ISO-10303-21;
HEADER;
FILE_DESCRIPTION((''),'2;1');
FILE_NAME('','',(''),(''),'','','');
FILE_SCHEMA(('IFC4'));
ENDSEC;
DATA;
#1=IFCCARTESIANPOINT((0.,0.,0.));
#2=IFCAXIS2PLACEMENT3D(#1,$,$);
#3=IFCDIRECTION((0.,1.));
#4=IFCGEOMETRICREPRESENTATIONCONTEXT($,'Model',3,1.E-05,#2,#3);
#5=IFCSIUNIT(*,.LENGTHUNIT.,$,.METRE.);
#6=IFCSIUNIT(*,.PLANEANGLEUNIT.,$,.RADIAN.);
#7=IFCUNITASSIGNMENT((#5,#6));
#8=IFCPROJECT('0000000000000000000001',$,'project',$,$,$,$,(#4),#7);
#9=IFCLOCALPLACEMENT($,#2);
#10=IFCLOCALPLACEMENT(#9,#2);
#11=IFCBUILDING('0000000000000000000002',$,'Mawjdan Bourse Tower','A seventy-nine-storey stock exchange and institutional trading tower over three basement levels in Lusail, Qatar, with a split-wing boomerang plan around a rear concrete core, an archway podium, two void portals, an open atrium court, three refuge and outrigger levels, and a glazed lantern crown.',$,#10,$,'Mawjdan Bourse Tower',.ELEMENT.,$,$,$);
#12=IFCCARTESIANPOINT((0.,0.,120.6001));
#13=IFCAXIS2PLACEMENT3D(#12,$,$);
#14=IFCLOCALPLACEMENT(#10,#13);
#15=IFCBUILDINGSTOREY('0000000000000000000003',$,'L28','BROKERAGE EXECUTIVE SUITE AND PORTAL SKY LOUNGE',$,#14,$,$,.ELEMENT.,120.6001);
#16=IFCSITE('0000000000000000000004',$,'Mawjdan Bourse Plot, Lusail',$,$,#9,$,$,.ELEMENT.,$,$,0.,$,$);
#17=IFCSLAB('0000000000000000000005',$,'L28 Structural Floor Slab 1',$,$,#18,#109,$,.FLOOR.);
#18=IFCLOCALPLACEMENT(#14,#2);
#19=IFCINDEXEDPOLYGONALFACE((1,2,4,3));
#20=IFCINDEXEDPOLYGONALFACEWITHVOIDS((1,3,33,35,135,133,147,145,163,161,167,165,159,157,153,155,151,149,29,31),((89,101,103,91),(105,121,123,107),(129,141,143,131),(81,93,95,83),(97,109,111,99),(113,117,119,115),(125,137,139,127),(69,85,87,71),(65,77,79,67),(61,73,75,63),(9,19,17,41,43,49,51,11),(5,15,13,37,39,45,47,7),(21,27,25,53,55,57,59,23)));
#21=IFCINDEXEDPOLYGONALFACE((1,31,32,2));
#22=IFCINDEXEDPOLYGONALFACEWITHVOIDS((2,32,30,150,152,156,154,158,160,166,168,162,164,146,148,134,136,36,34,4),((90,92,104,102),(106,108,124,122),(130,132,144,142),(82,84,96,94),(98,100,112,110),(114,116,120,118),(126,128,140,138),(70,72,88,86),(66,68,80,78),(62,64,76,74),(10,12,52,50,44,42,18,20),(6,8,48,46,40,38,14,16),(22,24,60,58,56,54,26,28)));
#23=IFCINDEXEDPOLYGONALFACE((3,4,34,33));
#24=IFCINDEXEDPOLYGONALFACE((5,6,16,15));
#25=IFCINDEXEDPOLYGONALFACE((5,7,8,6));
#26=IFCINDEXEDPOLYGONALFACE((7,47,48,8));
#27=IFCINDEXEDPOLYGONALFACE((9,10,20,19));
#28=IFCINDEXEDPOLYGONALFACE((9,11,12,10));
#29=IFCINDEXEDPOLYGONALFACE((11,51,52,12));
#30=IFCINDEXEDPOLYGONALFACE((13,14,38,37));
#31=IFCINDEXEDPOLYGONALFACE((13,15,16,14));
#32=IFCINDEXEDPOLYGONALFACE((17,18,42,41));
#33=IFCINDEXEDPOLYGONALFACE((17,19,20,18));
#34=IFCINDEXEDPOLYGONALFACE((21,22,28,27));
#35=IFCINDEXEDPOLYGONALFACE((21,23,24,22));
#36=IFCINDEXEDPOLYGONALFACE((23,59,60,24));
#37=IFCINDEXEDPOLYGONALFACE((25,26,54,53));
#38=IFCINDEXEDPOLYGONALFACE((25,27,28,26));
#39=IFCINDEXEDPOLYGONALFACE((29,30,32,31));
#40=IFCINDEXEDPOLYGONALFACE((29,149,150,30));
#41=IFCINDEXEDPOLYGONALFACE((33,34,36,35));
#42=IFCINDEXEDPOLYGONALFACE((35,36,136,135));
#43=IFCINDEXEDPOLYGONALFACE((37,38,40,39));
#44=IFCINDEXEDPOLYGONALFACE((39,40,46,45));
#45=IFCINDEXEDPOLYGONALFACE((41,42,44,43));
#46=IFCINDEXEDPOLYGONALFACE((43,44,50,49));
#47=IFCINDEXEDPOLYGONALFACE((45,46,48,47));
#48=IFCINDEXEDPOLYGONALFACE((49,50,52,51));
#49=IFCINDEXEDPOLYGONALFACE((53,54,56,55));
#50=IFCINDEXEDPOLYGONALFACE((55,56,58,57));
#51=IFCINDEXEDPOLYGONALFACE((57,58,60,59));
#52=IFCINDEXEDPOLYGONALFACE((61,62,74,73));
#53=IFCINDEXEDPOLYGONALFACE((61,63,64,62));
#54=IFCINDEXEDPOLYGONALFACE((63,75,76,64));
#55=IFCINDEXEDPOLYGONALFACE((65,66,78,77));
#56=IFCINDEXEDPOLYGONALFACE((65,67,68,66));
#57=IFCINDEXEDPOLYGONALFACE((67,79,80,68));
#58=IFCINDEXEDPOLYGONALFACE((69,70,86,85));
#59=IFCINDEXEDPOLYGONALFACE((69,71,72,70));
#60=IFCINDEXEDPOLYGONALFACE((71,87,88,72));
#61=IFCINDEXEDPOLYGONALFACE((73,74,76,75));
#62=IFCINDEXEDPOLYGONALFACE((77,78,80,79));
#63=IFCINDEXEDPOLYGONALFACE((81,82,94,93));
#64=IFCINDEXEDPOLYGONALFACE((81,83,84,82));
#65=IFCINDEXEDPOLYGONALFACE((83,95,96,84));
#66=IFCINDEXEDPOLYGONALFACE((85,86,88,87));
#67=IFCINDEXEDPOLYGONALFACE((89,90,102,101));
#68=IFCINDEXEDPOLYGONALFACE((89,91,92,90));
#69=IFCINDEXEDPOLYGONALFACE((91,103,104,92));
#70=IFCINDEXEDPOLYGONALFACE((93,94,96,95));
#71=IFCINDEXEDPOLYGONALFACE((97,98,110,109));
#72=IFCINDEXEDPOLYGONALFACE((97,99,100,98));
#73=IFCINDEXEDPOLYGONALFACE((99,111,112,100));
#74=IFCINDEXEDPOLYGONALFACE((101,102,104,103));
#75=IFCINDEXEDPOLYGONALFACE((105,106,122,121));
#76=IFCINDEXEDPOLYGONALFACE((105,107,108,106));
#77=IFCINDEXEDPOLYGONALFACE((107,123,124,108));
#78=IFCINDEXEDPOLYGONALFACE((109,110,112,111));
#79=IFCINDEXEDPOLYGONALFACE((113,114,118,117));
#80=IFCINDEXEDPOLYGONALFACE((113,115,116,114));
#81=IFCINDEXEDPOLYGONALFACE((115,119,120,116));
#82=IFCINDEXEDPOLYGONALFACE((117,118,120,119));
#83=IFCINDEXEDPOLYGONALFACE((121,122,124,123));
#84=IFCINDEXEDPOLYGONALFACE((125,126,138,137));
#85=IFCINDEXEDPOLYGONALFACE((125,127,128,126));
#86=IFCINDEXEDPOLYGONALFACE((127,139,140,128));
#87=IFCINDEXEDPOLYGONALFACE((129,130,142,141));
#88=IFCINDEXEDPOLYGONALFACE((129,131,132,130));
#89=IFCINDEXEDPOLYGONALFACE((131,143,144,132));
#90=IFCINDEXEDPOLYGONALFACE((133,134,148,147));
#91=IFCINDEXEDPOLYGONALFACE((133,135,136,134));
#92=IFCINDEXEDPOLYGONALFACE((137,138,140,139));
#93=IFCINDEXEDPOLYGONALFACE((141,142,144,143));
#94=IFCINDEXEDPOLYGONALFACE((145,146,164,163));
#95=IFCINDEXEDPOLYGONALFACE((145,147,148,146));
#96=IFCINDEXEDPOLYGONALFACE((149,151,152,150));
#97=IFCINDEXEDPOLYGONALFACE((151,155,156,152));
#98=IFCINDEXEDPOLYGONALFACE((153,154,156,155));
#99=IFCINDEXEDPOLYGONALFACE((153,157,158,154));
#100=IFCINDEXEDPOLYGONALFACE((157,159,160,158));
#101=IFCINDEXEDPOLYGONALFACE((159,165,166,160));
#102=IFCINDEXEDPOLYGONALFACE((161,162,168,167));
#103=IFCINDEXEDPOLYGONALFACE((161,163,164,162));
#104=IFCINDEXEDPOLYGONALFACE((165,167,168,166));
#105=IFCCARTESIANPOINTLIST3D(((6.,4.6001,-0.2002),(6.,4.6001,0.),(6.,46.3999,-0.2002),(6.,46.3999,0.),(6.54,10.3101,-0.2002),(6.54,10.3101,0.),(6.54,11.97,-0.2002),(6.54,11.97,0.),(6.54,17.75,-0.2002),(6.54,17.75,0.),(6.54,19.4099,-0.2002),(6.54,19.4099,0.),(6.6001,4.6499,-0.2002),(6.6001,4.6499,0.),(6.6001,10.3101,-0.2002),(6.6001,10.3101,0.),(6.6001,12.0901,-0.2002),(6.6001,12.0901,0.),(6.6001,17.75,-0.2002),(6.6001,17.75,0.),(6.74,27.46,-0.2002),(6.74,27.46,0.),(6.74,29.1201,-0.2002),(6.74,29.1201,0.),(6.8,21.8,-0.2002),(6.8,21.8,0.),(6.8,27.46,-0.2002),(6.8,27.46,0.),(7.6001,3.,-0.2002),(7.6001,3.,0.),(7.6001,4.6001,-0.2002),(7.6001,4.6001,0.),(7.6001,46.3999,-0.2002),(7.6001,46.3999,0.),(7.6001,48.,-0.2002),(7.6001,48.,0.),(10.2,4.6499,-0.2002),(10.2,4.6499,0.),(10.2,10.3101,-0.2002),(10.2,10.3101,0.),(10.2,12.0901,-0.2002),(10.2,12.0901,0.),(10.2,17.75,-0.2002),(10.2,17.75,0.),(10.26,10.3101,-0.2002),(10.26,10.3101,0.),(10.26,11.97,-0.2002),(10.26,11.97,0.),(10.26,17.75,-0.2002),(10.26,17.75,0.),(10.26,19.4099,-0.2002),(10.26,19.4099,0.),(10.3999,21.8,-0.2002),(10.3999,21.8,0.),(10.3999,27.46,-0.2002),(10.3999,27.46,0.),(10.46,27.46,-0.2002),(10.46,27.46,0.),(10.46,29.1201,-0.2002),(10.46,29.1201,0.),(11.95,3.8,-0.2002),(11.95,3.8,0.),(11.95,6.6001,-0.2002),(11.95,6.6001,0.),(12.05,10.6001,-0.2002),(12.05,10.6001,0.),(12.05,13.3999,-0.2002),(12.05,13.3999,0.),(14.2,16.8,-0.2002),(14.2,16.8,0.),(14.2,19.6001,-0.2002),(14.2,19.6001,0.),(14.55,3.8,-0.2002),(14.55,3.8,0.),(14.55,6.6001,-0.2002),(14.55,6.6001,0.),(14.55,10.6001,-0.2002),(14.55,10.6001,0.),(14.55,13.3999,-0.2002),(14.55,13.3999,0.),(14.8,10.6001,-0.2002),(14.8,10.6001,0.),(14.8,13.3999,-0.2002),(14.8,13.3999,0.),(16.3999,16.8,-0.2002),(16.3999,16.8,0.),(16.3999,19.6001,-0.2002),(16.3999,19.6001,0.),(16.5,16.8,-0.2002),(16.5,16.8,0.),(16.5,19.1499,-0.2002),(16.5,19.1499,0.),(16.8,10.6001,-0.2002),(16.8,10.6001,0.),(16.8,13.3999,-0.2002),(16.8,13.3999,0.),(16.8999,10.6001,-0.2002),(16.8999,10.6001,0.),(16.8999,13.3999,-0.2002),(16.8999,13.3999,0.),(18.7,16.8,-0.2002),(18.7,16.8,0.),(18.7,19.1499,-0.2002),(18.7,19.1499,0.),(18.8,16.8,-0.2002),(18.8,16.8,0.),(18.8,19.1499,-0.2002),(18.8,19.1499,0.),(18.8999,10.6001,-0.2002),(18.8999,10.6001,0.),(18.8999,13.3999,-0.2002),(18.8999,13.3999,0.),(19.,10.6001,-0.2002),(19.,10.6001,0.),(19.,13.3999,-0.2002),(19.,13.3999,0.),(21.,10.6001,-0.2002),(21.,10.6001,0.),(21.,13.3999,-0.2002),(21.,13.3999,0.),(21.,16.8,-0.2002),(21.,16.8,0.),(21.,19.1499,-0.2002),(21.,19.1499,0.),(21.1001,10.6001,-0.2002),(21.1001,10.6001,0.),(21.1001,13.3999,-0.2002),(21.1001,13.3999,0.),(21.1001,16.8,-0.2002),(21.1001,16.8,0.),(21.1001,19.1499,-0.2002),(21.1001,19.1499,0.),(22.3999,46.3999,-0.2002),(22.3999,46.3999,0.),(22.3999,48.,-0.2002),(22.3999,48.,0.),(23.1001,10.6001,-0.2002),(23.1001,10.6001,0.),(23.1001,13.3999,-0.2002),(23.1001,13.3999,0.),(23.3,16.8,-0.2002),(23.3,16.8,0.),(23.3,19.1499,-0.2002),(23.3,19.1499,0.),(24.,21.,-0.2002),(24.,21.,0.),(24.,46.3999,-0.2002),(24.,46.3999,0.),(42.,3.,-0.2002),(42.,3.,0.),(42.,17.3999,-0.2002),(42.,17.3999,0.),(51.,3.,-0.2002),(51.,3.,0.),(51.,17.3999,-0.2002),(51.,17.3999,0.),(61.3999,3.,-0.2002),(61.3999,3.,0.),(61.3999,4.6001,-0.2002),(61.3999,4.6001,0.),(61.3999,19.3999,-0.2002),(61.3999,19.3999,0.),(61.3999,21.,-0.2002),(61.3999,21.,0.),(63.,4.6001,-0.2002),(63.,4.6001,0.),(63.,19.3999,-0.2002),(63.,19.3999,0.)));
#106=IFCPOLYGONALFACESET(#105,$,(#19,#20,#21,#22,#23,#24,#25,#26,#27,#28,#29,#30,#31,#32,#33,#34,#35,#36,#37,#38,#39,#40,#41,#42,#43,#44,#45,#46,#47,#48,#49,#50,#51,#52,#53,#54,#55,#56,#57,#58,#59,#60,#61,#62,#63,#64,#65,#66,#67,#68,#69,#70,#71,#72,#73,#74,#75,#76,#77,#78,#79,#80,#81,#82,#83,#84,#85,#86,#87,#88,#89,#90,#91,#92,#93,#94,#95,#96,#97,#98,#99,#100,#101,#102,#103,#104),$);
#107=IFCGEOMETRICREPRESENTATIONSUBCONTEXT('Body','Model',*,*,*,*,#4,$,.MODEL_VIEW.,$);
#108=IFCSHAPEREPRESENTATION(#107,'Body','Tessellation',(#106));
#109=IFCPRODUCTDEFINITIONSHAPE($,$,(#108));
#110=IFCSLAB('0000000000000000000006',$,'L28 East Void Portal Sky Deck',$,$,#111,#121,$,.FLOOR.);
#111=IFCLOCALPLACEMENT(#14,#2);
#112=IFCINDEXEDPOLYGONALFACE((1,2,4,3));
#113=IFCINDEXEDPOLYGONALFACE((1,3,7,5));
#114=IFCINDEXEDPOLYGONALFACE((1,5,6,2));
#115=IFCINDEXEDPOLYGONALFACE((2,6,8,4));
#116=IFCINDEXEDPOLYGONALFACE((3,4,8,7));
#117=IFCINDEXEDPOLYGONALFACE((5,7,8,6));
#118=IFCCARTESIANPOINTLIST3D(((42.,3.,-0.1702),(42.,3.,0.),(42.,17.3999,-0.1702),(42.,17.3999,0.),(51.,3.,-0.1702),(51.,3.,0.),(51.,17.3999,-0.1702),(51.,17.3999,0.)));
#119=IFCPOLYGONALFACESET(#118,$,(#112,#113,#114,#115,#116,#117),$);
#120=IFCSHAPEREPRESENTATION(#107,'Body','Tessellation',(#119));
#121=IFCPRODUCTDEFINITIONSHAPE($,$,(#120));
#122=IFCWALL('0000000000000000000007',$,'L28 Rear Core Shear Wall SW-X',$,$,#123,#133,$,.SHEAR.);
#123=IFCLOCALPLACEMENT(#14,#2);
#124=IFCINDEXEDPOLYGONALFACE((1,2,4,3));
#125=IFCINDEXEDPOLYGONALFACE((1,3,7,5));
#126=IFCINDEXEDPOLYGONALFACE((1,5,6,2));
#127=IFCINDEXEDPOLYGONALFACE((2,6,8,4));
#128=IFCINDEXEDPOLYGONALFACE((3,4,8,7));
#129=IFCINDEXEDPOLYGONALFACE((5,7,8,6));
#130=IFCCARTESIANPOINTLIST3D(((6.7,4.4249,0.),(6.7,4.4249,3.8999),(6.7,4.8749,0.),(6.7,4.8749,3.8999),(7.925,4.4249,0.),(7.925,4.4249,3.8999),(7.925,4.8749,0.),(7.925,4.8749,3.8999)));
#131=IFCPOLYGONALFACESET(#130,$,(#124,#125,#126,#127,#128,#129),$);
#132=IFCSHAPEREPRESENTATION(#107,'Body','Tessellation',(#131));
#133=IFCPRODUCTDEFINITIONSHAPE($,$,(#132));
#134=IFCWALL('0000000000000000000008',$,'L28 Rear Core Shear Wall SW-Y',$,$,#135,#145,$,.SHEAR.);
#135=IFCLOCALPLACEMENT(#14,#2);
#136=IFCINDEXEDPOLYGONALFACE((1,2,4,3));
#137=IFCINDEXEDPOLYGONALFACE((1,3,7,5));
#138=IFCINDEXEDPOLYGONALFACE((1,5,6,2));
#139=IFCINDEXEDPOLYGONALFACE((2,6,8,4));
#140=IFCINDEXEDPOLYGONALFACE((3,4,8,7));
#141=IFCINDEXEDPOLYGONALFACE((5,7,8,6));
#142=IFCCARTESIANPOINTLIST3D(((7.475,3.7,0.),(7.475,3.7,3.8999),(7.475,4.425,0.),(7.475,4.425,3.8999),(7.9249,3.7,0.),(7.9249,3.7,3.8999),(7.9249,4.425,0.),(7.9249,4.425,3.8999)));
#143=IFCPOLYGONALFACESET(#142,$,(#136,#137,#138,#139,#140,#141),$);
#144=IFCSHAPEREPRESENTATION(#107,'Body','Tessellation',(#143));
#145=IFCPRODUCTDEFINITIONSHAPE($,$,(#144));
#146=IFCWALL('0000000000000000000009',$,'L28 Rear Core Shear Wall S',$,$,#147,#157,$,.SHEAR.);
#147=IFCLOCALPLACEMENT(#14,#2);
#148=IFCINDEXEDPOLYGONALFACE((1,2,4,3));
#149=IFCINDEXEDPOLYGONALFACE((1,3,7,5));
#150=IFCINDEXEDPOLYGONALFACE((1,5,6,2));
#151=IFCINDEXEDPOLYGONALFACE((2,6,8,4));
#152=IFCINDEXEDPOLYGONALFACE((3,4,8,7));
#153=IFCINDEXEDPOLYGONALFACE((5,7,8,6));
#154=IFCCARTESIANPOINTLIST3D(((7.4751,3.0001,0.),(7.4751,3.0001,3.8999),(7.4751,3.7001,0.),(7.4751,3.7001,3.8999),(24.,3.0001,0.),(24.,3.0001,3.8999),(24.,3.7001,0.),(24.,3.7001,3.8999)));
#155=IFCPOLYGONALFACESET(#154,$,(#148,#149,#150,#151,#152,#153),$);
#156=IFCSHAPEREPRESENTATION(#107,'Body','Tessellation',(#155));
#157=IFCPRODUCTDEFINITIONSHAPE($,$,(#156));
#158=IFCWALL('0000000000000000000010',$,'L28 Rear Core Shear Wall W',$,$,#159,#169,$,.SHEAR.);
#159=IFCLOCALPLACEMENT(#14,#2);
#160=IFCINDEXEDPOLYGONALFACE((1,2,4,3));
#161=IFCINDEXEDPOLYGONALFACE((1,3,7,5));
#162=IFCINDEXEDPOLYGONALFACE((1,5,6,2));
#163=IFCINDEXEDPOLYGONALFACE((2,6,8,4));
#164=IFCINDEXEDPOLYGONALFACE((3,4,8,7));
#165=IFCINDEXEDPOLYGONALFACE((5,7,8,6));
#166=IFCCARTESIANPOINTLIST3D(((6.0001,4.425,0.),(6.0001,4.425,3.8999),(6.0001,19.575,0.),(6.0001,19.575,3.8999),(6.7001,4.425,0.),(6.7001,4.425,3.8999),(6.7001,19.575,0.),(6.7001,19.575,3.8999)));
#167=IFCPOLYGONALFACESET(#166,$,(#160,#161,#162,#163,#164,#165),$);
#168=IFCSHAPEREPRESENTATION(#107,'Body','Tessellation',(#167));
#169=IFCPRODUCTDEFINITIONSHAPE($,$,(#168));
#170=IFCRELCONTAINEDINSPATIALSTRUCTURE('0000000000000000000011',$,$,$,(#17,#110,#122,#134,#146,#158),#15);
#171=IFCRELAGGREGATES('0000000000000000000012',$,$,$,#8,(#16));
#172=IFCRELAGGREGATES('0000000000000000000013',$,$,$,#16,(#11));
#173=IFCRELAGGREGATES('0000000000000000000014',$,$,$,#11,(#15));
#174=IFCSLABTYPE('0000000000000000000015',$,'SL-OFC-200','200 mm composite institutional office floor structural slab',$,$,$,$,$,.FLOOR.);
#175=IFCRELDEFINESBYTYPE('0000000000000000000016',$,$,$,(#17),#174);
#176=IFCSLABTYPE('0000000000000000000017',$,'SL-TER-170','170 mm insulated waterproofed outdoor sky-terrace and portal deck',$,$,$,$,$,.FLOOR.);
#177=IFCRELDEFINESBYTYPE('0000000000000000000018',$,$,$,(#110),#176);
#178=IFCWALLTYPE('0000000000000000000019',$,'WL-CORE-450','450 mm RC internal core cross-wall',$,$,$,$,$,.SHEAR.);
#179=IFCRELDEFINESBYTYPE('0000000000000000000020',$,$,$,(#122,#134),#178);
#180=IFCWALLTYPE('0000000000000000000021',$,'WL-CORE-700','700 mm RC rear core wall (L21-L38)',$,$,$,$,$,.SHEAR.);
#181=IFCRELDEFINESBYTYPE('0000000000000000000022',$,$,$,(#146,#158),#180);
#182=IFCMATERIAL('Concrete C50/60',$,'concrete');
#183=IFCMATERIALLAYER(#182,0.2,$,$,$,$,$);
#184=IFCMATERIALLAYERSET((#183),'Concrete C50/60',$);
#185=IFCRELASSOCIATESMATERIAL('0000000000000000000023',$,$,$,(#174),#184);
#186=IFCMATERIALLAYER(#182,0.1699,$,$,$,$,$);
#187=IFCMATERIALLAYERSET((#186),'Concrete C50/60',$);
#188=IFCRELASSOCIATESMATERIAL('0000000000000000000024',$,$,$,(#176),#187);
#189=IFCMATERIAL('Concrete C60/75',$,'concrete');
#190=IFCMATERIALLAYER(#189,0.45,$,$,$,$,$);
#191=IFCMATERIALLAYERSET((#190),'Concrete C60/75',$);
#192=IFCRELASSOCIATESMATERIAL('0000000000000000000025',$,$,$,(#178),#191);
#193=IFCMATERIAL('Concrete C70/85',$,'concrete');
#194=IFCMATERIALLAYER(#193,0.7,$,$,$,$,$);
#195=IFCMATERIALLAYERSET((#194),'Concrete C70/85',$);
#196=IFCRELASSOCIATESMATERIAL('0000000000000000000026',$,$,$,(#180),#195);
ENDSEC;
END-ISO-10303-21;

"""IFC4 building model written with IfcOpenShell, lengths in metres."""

from ifc_helpers import new_model, si_unit, direction, frame, frame_2d, origin, place, context, subcontext, project, spatial, polyline, rectangle, outline, extrude, material, layer, layer_set, type_object, element, save


model = new_model("IFC4")

# Units and contexts
model_context = context("Model", 3, precision=1e-05, world=origin(), true_north=direction((0.0, 1.0)))
body_context = subcontext(model_context, "Body", "Model", "MODEL_VIEW")
ifc_project = project(units=[si_unit("LENGTHUNIT", "METRE"), si_unit("PLANEANGLEUNIT", "RADIAN")], contexts=[model_context])

# Site, building, storey
site_placement = place(None, origin())
site = spatial("IfcSite", under=ifc_project, at=site_placement, Name="Mawjdan Bourse Plot, Lusail", CompositionType="ELEMENT", RefElevation=0.0)
building_placement = place(site_placement, origin())
building = spatial("IfcBuilding", under=site, at=building_placement, Name="Mawjdan Bourse Tower", Description="A seventy-nine-storey stock exchange and institutional trading tower over three basement levels in Lusail, Qatar, with a split-wing boomerang plan around a rear concrete core, an archway podium, two void portals, an open atrium court, three refuge and outrigger levels, and a glazed lantern crown.", LongName="Mawjdan Bourse Tower", CompositionType="ELEMENT")
storey_placement = place(building_placement, frame((0.0, 0.0, 120.6001)))
storey = spatial("IfcBuildingStorey", under=building, at=storey_placement, Name="L28", Description="BROKERAGE EXECUTIVE SUITE AND PORTAL SKY LOUNGE", CompositionType="ELEMENT", Elevation=120.6001)

# Shared definitions
ifc_material_1 = material(Name="Concrete C50/60", Category="concrete")

# Slabs
ifc_layer_1 = layer(ifc_material_1, 0.2)
ifc_layer_set_1 = layer_set([ifc_layer_1], Name="Concrete C50/60")
slab_type_1 = type_object("IfcSlabType", Name="SL-OFC-200", Description="200 mm composite institutional office floor structural slab", PredefinedType="FLOOR", material=ifc_layer_set_1)
slab_1_placement = place(storey_placement, frame((0.0, 0.0, -0.2002)))
element("IfcSlab", 1, at=slab_1_placement, inside=storey, type_object=slab_type_1, Name="L28 Structural Floor Slab 1", PredefinedType="FLOOR", context=body_context, shape_type="SweptSolid", body=[
    extrude(outline(polyline([(7.6001, 3.0), (42.0, 3.0), (42.0, 17.3999), (51.0, 17.3999), (51.0, 3.0), (61.3999, 3.0), (61.3999, 4.6001), (63.0, 4.6001), (63.0, 19.3999), (61.3999, 19.3999), (61.3999, 21.0), (24.0, 21.0), (24.0, 46.3999), (22.3999, 46.3999), (22.3999, 48.0), (7.6001, 48.0), (7.6001, 46.3999), (6.0, 46.3999), (6.0, 4.6001), (7.6001, 4.6001), (7.6001, 3.0)]), holes=[polyline([(11.95, 3.8), (11.95, 6.6001), (14.55, 6.6001), (14.55, 3.8), (11.95, 3.8)]), polyline([(6.6001, 10.3101), (6.54, 10.3101), (6.54, 11.97), (10.26, 11.97), (10.26, 10.3101), (10.2, 10.3101), (10.2, 4.6499), (6.6001, 4.6499), (6.6001, 10.3101)]), polyline([(12.05, 10.6001), (12.05, 13.3999), (14.55, 13.3999), (14.55, 10.6001), (12.05, 10.6001)]), polyline([(10.26, 19.4099), (10.26, 17.75), (10.2, 17.75), (10.2, 12.0901), (6.6001, 12.0901), (6.6001, 17.75), (6.54, 17.75), (6.54, 19.4099), (10.26, 19.4099)]), polyline([(10.46, 29.1201), (10.46, 27.46), (10.3999, 27.46), (10.3999, 21.8), (6.8, 21.8), (6.8, 27.46), (6.74, 27.46), (6.74, 29.1201), (10.46, 29.1201)]), polyline([(14.8, 10.6001), (14.8, 13.3999), (16.8, 13.3999), (16.8, 10.6001), (14.8, 10.6001)]), polyline([(16.8999, 10.6001), (16.8999, 13.3999), (18.8999, 13.3999), (18.8999, 10.6001), (16.8999, 10.6001)]), polyline([(19.0, 10.6001), (19.0, 13.3999), (21.0, 13.3999), (21.0, 10.6001), (19.0, 10.6001)]), polyline([(21.1001, 10.6001), (21.1001, 13.3999), (23.1001, 13.3999), (23.1001, 10.6001), (21.1001, 10.6001)]), polyline([(16.5, 16.8), (16.5, 19.1499), (18.7, 19.1499), (18.7, 16.8), (16.5, 16.8)]), polyline([(18.8, 16.8), (18.8, 19.1499), (21.0, 19.1499), (21.0, 16.8), (18.8, 16.8)]), polyline([(21.1001, 16.8), (21.1001, 19.1499), (23.3, 19.1499), (23.3, 16.8), (21.1001, 16.8)]), polyline([(14.2, 16.8), (14.2, 19.6001), (16.3999, 19.6001), (16.3999, 16.8), (14.2, 16.8)])]), origin(), (0.0, 0.0, 1.0), 0.2002),
])
ifc_layer_2 = layer(ifc_material_1, 0.1699)
ifc_layer_set_2 = layer_set([ifc_layer_2], Name="Concrete C50/60")
slab_type_2 = type_object("IfcSlabType", Name="SL-TER-170", Description="170 mm insulated waterproofed outdoor sky-terrace and portal deck", PredefinedType="FLOOR", material=ifc_layer_set_2)
slab_2_placement = place(storey_placement, frame((0.0, 0.0, -0.1702)))
element("IfcSlab", 2, at=slab_2_placement, inside=storey, type_object=slab_type_2, Name="L28 East Void Portal Sky Deck", PredefinedType="FLOOR", context=body_context, shape_type="SweptSolid", body=[
    extrude(outline(polyline([(42.0, 3.0), (51.0, 3.0), (51.0, 17.3999), (42.0, 17.3999), (42.0, 3.0)])), origin(), (0.0, 0.0, 1.0), 0.1702),
])

# Walls
ifc_material_2 = material(Name="Concrete C60/75", Category="concrete")
ifc_layer_3 = layer(ifc_material_2, 0.45)
ifc_layer_set_3 = layer_set([ifc_layer_3], Name="Concrete C60/75")
wall_type_1 = type_object("IfcWallType", Name="WL-CORE-450", Description="450 mm RC internal core cross-wall", PredefinedType="SHEAR", material=ifc_layer_set_3)
wall_1_placement = place(storey_placement, frame((6.7, 4.6499, 0.0), z_axis=(0.0, 0.0, 1.0), x_axis=(1.0, 0.0, 0.0)))
element("IfcWall", 3, at=wall_1_placement, inside=storey, type_object=wall_type_1, Name="L28 Rear Core Shear Wall SW-X", PredefinedType="SHEAR", context=body_context, shape_type="SweptSolid", body=[
    extrude(rectangle(XDim=1.2251, YDim=0.45, at=frame_2d((0.6125, 0.0))), origin(), (0.0, 0.0, 1.0), 3.8999),
])
wall_2_placement = place(storey_placement, frame((7.7, 3.7, 0.0), z_axis=(0.0, 0.0, 1.0), x_axis=(0.0, 1.0, 0.0)))
element("IfcWall", 4, at=wall_2_placement, inside=storey, type_object=wall_type_1, Name="L28 Rear Core Shear Wall SW-Y", PredefinedType="SHEAR", context=body_context, shape_type="SweptSolid", body=[
    extrude(rectangle(XDim=0.7251, YDim=0.45, at=frame_2d((0.3625, 0.0))), origin(), (0.0, 0.0, 1.0), 3.8999),
])
ifc_material_3 = material(Name="Concrete C70/85", Category="concrete")
ifc_layer_4 = layer(ifc_material_3, 0.7)
ifc_layer_set_4 = layer_set([ifc_layer_4], Name="Concrete C70/85")
wall_type_2 = type_object("IfcWallType", Name="WL-CORE-700", Description="700 mm RC rear core wall (L21-L38)", PredefinedType="SHEAR", material=ifc_layer_set_4)
wall_3_placement = place(storey_placement, frame((7.4751, 3.3501, 0.0), z_axis=(0.0, 0.0, 1.0), x_axis=(1.0, 0.0, 0.0)))
element("IfcWall", 5, at=wall_3_placement, inside=storey, type_object=wall_type_2, Name="L28 Rear Core Shear Wall S", PredefinedType="SHEAR", context=body_context, shape_type="SweptSolid", body=[
    extrude(rectangle(XDim=16.5249, YDim=0.7, at=frame_2d((8.2625, 0.0))), origin(), (0.0, 0.0, 1.0), 3.8999),
])
wall_4_placement = place(storey_placement, frame((6.3501, 4.425, 0.0), z_axis=(0.0, 0.0, 1.0), x_axis=(0.0, 1.0, 0.0)))
element("IfcWall", 6, at=wall_4_placement, inside=storey, type_object=wall_type_2, Name="L28 Rear Core Shear Wall W", PredefinedType="SHEAR", context=body_context, shape_type="SweptSolid", body=[
    extrude(rectangle(XDim=15.1499, YDim=0.7, at=frame_2d((7.575, 0.0))), origin(), (0.0, 0.0, 1.0), 3.8999),
])

save(model, "model.ifc")
